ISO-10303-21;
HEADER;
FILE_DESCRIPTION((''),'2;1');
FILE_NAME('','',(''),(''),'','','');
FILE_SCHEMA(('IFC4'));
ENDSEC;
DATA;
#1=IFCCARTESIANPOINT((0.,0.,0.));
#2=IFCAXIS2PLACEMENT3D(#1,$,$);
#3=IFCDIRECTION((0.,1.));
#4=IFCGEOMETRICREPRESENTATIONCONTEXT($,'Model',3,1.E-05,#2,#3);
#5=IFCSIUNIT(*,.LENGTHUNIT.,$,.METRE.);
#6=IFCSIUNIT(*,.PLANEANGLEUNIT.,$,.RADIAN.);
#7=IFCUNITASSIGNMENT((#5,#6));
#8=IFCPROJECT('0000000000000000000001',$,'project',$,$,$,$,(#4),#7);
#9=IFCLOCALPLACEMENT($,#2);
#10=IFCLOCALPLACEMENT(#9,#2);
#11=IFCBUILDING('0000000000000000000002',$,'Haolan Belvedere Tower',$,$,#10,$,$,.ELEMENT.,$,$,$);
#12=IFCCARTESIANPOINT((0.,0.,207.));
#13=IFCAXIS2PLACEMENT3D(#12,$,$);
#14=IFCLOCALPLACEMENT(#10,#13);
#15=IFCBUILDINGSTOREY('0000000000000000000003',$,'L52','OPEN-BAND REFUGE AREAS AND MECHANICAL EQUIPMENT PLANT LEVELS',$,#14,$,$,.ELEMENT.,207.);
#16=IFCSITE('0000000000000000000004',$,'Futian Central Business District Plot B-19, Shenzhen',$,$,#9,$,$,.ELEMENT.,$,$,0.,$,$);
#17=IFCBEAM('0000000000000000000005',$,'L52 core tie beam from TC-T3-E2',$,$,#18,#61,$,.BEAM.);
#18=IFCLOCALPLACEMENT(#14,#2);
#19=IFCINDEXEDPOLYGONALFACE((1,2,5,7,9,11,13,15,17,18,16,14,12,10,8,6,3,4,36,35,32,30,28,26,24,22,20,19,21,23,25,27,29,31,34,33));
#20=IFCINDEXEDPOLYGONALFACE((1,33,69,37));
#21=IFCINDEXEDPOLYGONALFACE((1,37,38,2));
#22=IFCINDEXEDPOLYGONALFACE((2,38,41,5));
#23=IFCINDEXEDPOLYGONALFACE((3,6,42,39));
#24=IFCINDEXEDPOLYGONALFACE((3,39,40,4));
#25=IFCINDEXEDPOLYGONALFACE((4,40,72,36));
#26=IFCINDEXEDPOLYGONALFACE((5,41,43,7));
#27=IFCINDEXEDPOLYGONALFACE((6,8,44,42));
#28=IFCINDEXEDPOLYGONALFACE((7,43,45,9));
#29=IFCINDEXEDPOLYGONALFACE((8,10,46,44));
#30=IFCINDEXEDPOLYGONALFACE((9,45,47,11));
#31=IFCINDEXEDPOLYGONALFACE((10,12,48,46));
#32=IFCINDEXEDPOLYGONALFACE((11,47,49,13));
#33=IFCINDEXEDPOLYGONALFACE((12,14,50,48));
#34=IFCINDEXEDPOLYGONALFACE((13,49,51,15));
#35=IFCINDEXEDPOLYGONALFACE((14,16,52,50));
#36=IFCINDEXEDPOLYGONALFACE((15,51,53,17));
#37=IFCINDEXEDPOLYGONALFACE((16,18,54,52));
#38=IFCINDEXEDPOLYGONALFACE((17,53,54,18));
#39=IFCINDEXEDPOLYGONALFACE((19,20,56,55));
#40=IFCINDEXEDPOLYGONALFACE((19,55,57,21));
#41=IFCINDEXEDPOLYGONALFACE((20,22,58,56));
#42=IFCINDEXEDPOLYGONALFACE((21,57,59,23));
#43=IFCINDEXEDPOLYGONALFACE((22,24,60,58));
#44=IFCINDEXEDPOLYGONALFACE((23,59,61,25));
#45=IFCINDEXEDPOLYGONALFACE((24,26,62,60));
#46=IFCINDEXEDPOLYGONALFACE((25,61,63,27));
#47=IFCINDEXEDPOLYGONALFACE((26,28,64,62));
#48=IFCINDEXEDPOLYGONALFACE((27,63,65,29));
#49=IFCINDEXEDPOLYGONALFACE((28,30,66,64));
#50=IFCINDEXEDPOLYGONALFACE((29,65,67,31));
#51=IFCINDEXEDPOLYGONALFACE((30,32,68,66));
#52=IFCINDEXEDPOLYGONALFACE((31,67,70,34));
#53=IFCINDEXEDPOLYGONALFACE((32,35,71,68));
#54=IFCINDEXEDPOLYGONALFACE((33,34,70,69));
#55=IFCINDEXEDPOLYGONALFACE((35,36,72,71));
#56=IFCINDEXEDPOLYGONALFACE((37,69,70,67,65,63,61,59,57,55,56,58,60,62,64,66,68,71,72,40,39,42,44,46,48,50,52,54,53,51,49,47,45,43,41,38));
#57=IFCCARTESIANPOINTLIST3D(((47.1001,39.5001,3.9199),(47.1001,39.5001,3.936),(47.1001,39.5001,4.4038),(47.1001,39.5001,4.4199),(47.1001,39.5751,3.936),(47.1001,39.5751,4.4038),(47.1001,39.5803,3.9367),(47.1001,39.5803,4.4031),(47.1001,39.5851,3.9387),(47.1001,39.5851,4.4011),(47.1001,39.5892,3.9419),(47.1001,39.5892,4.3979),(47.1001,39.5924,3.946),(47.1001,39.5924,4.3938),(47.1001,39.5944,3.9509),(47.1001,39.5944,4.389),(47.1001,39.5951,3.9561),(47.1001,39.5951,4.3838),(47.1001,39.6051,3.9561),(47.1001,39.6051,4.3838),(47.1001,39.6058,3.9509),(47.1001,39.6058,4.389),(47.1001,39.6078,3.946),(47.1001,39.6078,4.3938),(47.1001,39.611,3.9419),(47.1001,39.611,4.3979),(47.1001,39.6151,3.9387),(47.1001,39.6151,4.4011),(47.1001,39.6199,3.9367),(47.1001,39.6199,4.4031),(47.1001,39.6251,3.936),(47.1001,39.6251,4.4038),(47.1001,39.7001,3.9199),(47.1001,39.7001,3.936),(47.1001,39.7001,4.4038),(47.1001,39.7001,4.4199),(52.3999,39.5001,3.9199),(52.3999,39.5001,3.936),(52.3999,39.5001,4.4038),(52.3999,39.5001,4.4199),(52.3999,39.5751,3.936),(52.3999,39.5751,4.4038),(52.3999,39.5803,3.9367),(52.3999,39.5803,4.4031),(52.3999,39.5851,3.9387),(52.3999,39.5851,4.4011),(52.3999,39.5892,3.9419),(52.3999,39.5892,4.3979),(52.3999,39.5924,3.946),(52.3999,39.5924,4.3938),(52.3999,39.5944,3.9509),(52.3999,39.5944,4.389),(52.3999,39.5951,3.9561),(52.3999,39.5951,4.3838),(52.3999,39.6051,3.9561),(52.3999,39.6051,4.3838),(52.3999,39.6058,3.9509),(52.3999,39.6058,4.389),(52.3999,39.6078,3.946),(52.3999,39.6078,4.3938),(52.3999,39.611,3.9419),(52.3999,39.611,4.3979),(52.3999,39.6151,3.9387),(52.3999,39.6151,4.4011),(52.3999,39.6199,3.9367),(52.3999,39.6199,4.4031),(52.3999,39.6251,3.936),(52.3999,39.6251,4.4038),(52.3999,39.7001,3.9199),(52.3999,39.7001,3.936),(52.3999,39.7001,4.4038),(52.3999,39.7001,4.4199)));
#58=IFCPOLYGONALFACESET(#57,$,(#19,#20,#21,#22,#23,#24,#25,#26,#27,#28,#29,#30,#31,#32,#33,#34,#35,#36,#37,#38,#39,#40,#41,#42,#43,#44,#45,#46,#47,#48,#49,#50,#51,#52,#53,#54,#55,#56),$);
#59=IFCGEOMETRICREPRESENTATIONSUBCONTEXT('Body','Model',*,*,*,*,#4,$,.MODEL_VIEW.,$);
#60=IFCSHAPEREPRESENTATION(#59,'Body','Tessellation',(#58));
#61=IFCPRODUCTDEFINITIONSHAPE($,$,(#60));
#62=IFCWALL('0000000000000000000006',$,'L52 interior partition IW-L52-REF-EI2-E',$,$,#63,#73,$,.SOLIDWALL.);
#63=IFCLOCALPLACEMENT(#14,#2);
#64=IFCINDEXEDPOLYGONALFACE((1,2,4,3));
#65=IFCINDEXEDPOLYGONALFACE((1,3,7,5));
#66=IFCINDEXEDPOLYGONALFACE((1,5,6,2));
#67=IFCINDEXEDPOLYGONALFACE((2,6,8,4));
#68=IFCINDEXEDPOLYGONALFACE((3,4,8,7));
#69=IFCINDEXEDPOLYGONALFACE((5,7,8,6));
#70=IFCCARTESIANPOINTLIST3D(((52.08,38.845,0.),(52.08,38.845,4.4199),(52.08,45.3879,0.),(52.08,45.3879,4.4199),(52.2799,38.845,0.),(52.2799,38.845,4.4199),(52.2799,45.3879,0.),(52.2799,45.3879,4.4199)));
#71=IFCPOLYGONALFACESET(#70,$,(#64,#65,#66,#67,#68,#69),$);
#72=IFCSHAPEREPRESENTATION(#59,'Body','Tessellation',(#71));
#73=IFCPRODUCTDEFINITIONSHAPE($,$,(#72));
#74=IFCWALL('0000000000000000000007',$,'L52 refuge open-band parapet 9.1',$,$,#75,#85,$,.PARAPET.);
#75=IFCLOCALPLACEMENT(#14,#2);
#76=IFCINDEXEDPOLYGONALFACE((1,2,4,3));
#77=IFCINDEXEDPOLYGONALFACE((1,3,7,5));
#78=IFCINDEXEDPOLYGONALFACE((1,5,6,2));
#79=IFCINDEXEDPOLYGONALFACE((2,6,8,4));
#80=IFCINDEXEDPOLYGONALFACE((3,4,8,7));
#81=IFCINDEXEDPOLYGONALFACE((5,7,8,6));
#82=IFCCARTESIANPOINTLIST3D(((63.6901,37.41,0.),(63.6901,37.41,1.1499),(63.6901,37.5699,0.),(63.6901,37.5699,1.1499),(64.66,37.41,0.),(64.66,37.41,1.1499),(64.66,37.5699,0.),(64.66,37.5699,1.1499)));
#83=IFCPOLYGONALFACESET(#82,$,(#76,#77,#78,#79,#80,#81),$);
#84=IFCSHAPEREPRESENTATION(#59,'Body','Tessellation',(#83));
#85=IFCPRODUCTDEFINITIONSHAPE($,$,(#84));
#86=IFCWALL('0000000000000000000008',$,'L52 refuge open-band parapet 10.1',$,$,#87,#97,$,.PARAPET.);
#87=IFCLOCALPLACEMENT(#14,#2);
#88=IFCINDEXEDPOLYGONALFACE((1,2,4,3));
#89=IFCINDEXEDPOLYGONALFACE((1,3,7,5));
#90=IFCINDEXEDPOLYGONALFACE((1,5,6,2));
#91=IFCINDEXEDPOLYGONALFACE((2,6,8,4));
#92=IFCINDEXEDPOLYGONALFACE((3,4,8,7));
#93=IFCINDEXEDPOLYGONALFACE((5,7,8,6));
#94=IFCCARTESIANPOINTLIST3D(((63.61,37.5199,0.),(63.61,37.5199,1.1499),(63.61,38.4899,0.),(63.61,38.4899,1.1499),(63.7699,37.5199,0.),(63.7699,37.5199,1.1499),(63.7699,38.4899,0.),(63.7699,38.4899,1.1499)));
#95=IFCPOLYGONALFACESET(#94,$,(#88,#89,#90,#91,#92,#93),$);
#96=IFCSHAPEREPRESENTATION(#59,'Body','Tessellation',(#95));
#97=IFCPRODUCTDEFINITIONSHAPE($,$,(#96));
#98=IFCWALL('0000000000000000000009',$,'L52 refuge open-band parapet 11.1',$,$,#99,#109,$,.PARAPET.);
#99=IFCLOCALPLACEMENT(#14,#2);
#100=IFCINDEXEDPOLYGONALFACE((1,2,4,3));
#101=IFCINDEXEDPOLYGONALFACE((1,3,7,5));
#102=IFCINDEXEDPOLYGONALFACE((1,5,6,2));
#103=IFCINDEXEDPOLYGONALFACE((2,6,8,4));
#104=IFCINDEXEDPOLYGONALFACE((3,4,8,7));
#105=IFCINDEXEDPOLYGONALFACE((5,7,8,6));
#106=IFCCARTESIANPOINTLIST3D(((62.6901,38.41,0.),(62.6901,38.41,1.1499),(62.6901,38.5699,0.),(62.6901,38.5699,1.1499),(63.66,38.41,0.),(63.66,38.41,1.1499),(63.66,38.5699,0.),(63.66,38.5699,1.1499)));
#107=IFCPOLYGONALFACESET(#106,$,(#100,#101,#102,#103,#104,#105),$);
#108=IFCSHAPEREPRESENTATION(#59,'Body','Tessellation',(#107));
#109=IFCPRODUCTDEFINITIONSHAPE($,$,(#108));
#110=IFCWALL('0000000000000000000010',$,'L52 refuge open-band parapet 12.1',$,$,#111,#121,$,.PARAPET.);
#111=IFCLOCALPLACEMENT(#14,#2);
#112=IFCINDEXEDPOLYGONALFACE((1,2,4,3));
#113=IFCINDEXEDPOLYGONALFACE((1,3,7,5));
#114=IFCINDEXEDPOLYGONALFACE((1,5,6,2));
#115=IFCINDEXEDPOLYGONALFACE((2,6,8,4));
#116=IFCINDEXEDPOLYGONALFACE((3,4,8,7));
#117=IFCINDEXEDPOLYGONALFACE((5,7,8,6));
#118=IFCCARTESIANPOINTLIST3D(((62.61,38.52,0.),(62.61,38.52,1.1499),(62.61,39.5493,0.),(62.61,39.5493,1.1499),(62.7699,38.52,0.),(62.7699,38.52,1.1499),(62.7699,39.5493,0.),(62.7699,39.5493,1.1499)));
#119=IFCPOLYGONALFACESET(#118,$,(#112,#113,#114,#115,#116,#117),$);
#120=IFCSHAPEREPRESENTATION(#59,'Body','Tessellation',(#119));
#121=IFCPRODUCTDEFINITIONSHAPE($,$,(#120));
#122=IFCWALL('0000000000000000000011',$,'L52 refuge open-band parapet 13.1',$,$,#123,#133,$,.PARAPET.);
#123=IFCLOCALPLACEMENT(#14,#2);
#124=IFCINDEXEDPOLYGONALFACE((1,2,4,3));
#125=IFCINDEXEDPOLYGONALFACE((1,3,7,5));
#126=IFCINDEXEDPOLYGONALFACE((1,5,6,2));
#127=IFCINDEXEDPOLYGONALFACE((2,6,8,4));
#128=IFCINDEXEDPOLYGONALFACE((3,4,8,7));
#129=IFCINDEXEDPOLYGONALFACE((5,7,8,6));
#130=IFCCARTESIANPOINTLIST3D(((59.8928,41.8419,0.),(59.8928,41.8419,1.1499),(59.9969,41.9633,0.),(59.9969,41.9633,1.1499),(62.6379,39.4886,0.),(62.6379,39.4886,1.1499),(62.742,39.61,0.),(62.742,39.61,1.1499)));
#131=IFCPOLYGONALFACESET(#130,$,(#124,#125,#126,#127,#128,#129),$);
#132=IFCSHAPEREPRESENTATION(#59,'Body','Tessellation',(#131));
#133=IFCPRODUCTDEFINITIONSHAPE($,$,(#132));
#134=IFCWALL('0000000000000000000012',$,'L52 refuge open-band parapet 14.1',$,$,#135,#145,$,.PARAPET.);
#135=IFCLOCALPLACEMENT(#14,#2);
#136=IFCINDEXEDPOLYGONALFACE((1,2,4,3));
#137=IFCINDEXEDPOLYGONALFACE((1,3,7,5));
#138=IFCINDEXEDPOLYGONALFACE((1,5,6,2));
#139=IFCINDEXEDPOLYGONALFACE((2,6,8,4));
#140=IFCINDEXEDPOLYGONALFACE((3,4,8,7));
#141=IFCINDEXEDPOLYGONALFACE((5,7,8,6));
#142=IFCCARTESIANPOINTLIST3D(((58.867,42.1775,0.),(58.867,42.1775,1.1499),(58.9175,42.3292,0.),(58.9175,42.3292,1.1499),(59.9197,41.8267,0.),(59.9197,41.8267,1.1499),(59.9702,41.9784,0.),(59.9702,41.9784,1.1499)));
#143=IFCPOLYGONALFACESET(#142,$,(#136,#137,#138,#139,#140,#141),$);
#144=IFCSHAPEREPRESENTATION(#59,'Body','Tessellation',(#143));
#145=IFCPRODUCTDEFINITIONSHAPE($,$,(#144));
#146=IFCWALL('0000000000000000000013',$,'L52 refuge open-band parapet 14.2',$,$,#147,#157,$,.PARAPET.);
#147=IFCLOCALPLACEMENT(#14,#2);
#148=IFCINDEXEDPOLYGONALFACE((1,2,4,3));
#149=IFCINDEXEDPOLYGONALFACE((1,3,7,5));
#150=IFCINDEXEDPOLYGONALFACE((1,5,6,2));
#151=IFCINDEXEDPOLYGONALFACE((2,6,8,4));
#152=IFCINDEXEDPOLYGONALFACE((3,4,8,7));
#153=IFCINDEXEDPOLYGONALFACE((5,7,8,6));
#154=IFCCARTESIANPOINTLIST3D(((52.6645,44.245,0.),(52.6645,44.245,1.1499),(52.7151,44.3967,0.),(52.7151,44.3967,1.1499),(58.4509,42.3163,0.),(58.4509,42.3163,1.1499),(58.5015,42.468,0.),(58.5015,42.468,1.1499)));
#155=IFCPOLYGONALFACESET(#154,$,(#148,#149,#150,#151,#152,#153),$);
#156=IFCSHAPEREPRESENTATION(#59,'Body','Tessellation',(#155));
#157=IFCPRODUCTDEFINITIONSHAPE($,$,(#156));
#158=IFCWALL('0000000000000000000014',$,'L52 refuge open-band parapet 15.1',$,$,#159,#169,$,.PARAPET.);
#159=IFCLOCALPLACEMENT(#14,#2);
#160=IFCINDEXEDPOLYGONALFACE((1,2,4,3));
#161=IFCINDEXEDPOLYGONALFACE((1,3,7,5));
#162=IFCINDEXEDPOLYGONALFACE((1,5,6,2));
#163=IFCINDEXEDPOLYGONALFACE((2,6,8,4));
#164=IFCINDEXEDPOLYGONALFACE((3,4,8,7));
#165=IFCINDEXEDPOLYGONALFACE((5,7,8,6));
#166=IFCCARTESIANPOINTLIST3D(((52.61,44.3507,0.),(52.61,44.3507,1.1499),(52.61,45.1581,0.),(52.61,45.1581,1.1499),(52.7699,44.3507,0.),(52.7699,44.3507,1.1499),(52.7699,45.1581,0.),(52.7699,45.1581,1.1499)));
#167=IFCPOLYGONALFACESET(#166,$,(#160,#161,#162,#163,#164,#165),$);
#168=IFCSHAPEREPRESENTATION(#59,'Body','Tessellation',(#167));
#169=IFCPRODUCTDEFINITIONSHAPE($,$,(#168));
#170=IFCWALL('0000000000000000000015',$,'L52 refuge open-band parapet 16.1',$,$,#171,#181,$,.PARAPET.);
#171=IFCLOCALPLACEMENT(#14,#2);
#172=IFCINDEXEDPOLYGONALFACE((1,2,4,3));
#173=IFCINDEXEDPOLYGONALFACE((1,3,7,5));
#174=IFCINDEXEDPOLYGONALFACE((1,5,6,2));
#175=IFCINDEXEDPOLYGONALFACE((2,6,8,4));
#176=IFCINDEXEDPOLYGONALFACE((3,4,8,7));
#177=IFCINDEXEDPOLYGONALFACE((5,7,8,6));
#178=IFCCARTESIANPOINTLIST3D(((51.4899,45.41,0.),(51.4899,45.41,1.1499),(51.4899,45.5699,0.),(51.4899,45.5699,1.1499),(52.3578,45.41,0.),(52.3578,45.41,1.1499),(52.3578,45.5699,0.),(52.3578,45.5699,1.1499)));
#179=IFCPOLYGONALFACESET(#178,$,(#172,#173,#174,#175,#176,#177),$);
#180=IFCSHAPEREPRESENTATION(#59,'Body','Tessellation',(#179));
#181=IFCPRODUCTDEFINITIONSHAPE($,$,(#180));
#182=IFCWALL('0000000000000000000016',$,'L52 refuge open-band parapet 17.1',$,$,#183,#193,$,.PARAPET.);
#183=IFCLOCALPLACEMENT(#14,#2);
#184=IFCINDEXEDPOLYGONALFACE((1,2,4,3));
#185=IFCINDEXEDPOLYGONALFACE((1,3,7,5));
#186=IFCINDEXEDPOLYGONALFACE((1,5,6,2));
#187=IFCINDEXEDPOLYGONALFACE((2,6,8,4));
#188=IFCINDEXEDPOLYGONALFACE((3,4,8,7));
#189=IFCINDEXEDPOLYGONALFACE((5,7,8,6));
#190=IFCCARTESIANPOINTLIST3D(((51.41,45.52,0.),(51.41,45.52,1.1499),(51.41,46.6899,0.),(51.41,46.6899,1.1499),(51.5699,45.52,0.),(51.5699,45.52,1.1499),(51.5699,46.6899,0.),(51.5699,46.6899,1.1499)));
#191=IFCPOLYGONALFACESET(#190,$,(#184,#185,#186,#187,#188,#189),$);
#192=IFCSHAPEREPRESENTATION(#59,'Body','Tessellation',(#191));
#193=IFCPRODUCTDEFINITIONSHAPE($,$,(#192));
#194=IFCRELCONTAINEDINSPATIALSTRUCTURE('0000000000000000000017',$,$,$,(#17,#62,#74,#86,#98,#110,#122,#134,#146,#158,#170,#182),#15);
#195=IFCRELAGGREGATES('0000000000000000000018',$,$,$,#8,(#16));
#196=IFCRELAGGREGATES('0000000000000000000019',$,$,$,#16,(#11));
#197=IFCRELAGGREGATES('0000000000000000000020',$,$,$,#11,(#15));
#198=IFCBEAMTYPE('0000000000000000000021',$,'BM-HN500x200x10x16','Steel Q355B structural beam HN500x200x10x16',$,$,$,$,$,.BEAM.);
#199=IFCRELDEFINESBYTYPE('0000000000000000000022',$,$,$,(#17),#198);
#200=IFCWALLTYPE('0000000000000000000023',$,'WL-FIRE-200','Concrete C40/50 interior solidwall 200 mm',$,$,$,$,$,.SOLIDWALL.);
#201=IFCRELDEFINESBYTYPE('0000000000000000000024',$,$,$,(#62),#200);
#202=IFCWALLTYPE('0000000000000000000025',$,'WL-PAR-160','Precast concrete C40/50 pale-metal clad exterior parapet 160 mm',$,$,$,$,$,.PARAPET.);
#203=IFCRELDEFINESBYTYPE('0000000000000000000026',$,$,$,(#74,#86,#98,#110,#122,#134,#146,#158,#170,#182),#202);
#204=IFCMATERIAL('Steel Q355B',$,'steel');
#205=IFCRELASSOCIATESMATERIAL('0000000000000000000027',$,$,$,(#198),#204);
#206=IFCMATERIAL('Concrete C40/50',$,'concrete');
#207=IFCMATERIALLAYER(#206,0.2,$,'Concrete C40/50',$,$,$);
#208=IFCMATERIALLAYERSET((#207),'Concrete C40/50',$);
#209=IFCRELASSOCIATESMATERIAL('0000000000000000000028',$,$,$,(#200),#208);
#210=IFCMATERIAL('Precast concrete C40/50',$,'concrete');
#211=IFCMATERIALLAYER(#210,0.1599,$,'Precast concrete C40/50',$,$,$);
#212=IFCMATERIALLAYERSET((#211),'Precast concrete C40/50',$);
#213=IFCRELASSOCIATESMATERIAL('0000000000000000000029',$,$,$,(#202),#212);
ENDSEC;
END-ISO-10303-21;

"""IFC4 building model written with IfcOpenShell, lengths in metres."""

from ifc_helpers import new_model, si_unit, direction, frame, frame_2d, origin, origin_2d, place, context, subcontext, project, spatial, rectangle, i_section, extrude, material, layer, layer_set, material_profile, profile_set, type_object, element, save


model = new_model("IFC4")

# Units and contexts
model_context = context("Model", 3, precision=1e-05, world=origin(), true_north=direction((0.0, 1.0)))
body_context = subcontext(model_context, "Body", "Model", "MODEL_VIEW")
ifc_project = project(units=[si_unit("LENGTHUNIT", "METRE"), si_unit("PLANEANGLEUNIT", "RADIAN")], contexts=[model_context])

# Site, building, storey
site_placement = place(None, origin())
site = spatial("IfcSite", under=ifc_project, at=site_placement, Name="Futian Central Business District Plot B-19, Shenzhen", CompositionType="ELEMENT", RefElevation=0.0)
building_placement = place(site_placement, origin())
building = spatial("IfcBuilding", under=site, at=building_placement, Name="Haolan Belvedere Tower", CompositionType="ELEMENT")
storey_placement = place(building_placement, frame((0.0, 0.0, 207.0)))
storey = spatial("IfcBuildingStorey", under=building, at=storey_placement, Name="L52", Description="OPEN-BAND REFUGE AREAS AND MECHANICAL EQUIPMENT PLANT LEVELS", CompositionType="ELEMENT", Elevation=207.0)

# Beam
ifc_material_1 = material(Name="Steel Q355B", Category="steel")
ifc_material_profile_1 = material_profile(ifc_material_1, i_section(OverallWidth=0.2, OverallDepth=0.5, WebThickness=0.01, FlangeThickness=0.0161, FilletRadius=0.02, at=origin_2d()), Name="Steel Q355B")
ifc_profile_set_1 = profile_set([ifc_material_profile_1], Name="Steel Q355B")
beam_type_1 = type_object("IfcBeamType", Name="BM-HN500x200x10x16", Description="Steel Q355B structural beam HN500x200x10x16", PredefinedType="BEAM", material=ifc_profile_set_1)
beam_1_placement = place(storey_placement, frame((52.3999, 39.6001, 4.1699), z_axis=(-1.0, 0.0, 0.0), x_axis=(0.0, -1.0, 0.0)))
element("IfcBeam", 1, at=beam_1_placement, inside=storey, type_object=beam_type_1, Name="L52 core tie beam from TC-T3-E2", PredefinedType="BEAM", context=body_context, shape_type="SweptSolid", body=[
    extrude(i_section(OverallWidth=0.2, OverallDepth=0.5, WebThickness=0.01, FlangeThickness=0.0161, FilletRadius=0.02, at=origin_2d()), origin(), (0.0, 0.0, 1.0), 5.2998),
])

# Walls
ifc_material_2 = material(Name="Concrete C40/50", Category="concrete")
ifc_layer_1 = layer(ifc_material_2, 0.2, Name="Concrete C40/50")
ifc_layer_set_1 = layer_set([ifc_layer_1], Name="Concrete C40/50")
wall_type_1 = type_object("IfcWallType", Name="WL-FIRE-200", Description="Concrete C40/50 interior solidwall 200 mm", PredefinedType="SOLIDWALL", material=ifc_layer_set_1)
wall_1_placement = place(storey_placement, frame((52.1799, 38.845, 0.0), z_axis=(0.0, 0.0, 1.0), x_axis=(0.0, 1.0, 0.0)))
element("IfcWall", 2, at=wall_1_placement, inside=storey, type_object=wall_type_1, Name="L52 interior partition IW-L52-REF-EI2-E", PredefinedType="SOLIDWALL", context=body_context, shape_type="SweptSolid", body=[
    extrude(rectangle(XDim=6.543, YDim=0.2, at=frame_2d((3.2715, 0.0))), origin(), (0.0, 0.0, 1.0), 4.4199),
])
ifc_material_3 = material(Name="Precast concrete C40/50", Category="concrete")
ifc_layer_2 = layer(ifc_material_3, 0.1599, Name="Precast concrete C40/50")
ifc_layer_set_2 = layer_set([ifc_layer_2], Name="Precast concrete C40/50")
wall_type_2 = type_object("IfcWallType", Name="WL-PAR-160", Description="Precast concrete C40/50 pale-metal clad exterior parapet 160 mm", PredefinedType="PARAPET", material=ifc_layer_set_2)
for number, where, z_axis, x_axis, name in (
    (3, (64.6599, 37.49, 0.0), (0.0, 0.0, 1.0), (-1.0, 0.0, 0.0), "L52 refuge open-band parapet 9.1"),
    (4, (63.6899, 37.52, 0.0), (0.0, 0.0, 1.0), (0.0, 1.0, 0.0), "L52 refuge open-band parapet 10.1"),
    (5, (63.6599, 38.49, 0.0), (0.0, 0.0, 1.0), (-1.0, 0.0, 0.0), "L52 refuge open-band parapet 11.1"),
):
    element("IfcWall", number, at=place(storey_placement, frame(where, z_axis=z_axis, x_axis=x_axis)), inside=storey, type_object=wall_type_2, Name=name, PredefinedType="PARAPET", context=body_context, shape_type="SweptSolid", body=[
        extrude(rectangle(XDim=0.97, YDim=0.1599, at=frame_2d((0.4849, 0.0))), origin(), (0.0, 0.0, 1.0), 1.1499),
    ])
wall_2_placement = place(storey_placement, frame((62.6899, 38.52, 0.0), z_axis=(0.0, 0.0, 1.0), x_axis=(0.0, 1.0, 0.0)))
element("IfcWall", 6, at=wall_2_placement, inside=storey, type_object=wall_type_2, Name="L52 refuge open-band parapet 12.1", PredefinedType="PARAPET", context=body_context, shape_type="SweptSolid", body=[
    extrude(rectangle(XDim=1.0293, YDim=0.1599, at=frame_2d((0.5146, 0.0))), origin(), (0.0, 0.0, 1.0), 1.1499),
])
wall_3_placement = place(storey_placement, frame((62.6899, 39.5493, 0.0), z_axis=(0.0, 0.0, 1.0), x_axis=(-0.759214, 0.650841, 0.0)))
element("IfcWall", 7, at=wall_3_placement, inside=storey, type_object=wall_type_2, Name="L52 refuge open-band parapet 13.1", PredefinedType="PARAPET", context=body_context, shape_type="SweptSolid", body=[
    extrude(rectangle(XDim=3.6157, YDim=0.1599, at=frame_2d((1.8079, 0.0))), origin(), (0.0, 0.0, 1.0), 1.1499),
])
wall_4_placement = place(storey_placement, frame((59.9448, 41.9026, 0.0), z_axis=(0.0, 0.0, 1.0), x_axis=(-0.948705, 0.316162, 0.0)))
element("IfcWall", 8, at=wall_4_placement, inside=storey, type_object=wall_type_2, Name="L52 refuge open-band parapet 14.1", PredefinedType="PARAPET", context=body_context, shape_type="SweptSolid", body=[
    extrude(rectangle(XDim=1.1096, YDim=0.1599, at=frame_2d((0.5547, 0.0))), origin(), (0.0, 0.0, 1.0), 1.1499),
])
wall_5_placement = place(storey_placement, frame((58.4763, 42.3921, 0.0), z_axis=(0.0, 0.0, 1.0), x_axis=(-0.948687, 0.316216, 0.0)))
element("IfcWall", 9, at=wall_5_placement, inside=storey, type_object=wall_type_2, Name="L52 refuge open-band parapet 14.2", PredefinedType="PARAPET", context=body_context, shape_type="SweptSolid", body=[
    extrude(rectangle(XDim=6.0994, YDim=0.1599, at=frame_2d((3.0498, 0.0))), origin(), (0.0, 0.0, 1.0), 1.1499),
])
wall_6_placement = place(storey_placement, frame((52.6899, 44.3506, 0.0), z_axis=(0.0, 0.0, 1.0), x_axis=(0.0, 1.0, 0.0)))
element("IfcWall", 10, at=wall_6_placement, inside=storey, type_object=wall_type_2, Name="L52 refuge open-band parapet 15.1", PredefinedType="PARAPET", context=body_context, shape_type="SweptSolid", body=[
    extrude(rectangle(XDim=0.8074, YDim=0.1599, at=frame_2d((0.4038, 0.0))), origin(), (0.0, 0.0, 1.0), 1.1499),
])
wall_7_placement = place(storey_placement, frame((52.3579, 45.49, 0.0), z_axis=(0.0, 0.0, 1.0), x_axis=(-1.0, 0.0, 0.0)))
element("IfcWall", 11, at=wall_7_placement, inside=storey, type_object=wall_type_2, Name="L52 refuge open-band parapet 16.1", PredefinedType="PARAPET", context=body_context, shape_type="SweptSolid", body=[
    extrude(rectangle(XDim=0.8679, YDim=0.1599, at=frame_2d((0.4341, 0.0))), origin(), (0.0, 0.0, 1.0), 1.1499),
])
for number, where, z_axis, x_axis, name in (
    (12, (51.49, 45.52, 0.0), (0.0, 0.0, 1.0), (0.0, 1.0, 0.0), "L52 refuge open-band parapet 17.1"),
):
    element("IfcWall", number, at=place(storey_placement, frame(where, z_axis=z_axis, x_axis=x_axis)), inside=storey, type_object=wall_type_2, Name=name, PredefinedType="PARAPET", context=body_context, shape_type="SweptSolid", body=[
        extrude(rectangle(XDim=1.1699, YDim=0.1599, at=frame_2d((0.585, 0.0))), origin(), (0.0, 0.0, 1.0), 1.1499),
    ])

save(model, "model.ifc")
